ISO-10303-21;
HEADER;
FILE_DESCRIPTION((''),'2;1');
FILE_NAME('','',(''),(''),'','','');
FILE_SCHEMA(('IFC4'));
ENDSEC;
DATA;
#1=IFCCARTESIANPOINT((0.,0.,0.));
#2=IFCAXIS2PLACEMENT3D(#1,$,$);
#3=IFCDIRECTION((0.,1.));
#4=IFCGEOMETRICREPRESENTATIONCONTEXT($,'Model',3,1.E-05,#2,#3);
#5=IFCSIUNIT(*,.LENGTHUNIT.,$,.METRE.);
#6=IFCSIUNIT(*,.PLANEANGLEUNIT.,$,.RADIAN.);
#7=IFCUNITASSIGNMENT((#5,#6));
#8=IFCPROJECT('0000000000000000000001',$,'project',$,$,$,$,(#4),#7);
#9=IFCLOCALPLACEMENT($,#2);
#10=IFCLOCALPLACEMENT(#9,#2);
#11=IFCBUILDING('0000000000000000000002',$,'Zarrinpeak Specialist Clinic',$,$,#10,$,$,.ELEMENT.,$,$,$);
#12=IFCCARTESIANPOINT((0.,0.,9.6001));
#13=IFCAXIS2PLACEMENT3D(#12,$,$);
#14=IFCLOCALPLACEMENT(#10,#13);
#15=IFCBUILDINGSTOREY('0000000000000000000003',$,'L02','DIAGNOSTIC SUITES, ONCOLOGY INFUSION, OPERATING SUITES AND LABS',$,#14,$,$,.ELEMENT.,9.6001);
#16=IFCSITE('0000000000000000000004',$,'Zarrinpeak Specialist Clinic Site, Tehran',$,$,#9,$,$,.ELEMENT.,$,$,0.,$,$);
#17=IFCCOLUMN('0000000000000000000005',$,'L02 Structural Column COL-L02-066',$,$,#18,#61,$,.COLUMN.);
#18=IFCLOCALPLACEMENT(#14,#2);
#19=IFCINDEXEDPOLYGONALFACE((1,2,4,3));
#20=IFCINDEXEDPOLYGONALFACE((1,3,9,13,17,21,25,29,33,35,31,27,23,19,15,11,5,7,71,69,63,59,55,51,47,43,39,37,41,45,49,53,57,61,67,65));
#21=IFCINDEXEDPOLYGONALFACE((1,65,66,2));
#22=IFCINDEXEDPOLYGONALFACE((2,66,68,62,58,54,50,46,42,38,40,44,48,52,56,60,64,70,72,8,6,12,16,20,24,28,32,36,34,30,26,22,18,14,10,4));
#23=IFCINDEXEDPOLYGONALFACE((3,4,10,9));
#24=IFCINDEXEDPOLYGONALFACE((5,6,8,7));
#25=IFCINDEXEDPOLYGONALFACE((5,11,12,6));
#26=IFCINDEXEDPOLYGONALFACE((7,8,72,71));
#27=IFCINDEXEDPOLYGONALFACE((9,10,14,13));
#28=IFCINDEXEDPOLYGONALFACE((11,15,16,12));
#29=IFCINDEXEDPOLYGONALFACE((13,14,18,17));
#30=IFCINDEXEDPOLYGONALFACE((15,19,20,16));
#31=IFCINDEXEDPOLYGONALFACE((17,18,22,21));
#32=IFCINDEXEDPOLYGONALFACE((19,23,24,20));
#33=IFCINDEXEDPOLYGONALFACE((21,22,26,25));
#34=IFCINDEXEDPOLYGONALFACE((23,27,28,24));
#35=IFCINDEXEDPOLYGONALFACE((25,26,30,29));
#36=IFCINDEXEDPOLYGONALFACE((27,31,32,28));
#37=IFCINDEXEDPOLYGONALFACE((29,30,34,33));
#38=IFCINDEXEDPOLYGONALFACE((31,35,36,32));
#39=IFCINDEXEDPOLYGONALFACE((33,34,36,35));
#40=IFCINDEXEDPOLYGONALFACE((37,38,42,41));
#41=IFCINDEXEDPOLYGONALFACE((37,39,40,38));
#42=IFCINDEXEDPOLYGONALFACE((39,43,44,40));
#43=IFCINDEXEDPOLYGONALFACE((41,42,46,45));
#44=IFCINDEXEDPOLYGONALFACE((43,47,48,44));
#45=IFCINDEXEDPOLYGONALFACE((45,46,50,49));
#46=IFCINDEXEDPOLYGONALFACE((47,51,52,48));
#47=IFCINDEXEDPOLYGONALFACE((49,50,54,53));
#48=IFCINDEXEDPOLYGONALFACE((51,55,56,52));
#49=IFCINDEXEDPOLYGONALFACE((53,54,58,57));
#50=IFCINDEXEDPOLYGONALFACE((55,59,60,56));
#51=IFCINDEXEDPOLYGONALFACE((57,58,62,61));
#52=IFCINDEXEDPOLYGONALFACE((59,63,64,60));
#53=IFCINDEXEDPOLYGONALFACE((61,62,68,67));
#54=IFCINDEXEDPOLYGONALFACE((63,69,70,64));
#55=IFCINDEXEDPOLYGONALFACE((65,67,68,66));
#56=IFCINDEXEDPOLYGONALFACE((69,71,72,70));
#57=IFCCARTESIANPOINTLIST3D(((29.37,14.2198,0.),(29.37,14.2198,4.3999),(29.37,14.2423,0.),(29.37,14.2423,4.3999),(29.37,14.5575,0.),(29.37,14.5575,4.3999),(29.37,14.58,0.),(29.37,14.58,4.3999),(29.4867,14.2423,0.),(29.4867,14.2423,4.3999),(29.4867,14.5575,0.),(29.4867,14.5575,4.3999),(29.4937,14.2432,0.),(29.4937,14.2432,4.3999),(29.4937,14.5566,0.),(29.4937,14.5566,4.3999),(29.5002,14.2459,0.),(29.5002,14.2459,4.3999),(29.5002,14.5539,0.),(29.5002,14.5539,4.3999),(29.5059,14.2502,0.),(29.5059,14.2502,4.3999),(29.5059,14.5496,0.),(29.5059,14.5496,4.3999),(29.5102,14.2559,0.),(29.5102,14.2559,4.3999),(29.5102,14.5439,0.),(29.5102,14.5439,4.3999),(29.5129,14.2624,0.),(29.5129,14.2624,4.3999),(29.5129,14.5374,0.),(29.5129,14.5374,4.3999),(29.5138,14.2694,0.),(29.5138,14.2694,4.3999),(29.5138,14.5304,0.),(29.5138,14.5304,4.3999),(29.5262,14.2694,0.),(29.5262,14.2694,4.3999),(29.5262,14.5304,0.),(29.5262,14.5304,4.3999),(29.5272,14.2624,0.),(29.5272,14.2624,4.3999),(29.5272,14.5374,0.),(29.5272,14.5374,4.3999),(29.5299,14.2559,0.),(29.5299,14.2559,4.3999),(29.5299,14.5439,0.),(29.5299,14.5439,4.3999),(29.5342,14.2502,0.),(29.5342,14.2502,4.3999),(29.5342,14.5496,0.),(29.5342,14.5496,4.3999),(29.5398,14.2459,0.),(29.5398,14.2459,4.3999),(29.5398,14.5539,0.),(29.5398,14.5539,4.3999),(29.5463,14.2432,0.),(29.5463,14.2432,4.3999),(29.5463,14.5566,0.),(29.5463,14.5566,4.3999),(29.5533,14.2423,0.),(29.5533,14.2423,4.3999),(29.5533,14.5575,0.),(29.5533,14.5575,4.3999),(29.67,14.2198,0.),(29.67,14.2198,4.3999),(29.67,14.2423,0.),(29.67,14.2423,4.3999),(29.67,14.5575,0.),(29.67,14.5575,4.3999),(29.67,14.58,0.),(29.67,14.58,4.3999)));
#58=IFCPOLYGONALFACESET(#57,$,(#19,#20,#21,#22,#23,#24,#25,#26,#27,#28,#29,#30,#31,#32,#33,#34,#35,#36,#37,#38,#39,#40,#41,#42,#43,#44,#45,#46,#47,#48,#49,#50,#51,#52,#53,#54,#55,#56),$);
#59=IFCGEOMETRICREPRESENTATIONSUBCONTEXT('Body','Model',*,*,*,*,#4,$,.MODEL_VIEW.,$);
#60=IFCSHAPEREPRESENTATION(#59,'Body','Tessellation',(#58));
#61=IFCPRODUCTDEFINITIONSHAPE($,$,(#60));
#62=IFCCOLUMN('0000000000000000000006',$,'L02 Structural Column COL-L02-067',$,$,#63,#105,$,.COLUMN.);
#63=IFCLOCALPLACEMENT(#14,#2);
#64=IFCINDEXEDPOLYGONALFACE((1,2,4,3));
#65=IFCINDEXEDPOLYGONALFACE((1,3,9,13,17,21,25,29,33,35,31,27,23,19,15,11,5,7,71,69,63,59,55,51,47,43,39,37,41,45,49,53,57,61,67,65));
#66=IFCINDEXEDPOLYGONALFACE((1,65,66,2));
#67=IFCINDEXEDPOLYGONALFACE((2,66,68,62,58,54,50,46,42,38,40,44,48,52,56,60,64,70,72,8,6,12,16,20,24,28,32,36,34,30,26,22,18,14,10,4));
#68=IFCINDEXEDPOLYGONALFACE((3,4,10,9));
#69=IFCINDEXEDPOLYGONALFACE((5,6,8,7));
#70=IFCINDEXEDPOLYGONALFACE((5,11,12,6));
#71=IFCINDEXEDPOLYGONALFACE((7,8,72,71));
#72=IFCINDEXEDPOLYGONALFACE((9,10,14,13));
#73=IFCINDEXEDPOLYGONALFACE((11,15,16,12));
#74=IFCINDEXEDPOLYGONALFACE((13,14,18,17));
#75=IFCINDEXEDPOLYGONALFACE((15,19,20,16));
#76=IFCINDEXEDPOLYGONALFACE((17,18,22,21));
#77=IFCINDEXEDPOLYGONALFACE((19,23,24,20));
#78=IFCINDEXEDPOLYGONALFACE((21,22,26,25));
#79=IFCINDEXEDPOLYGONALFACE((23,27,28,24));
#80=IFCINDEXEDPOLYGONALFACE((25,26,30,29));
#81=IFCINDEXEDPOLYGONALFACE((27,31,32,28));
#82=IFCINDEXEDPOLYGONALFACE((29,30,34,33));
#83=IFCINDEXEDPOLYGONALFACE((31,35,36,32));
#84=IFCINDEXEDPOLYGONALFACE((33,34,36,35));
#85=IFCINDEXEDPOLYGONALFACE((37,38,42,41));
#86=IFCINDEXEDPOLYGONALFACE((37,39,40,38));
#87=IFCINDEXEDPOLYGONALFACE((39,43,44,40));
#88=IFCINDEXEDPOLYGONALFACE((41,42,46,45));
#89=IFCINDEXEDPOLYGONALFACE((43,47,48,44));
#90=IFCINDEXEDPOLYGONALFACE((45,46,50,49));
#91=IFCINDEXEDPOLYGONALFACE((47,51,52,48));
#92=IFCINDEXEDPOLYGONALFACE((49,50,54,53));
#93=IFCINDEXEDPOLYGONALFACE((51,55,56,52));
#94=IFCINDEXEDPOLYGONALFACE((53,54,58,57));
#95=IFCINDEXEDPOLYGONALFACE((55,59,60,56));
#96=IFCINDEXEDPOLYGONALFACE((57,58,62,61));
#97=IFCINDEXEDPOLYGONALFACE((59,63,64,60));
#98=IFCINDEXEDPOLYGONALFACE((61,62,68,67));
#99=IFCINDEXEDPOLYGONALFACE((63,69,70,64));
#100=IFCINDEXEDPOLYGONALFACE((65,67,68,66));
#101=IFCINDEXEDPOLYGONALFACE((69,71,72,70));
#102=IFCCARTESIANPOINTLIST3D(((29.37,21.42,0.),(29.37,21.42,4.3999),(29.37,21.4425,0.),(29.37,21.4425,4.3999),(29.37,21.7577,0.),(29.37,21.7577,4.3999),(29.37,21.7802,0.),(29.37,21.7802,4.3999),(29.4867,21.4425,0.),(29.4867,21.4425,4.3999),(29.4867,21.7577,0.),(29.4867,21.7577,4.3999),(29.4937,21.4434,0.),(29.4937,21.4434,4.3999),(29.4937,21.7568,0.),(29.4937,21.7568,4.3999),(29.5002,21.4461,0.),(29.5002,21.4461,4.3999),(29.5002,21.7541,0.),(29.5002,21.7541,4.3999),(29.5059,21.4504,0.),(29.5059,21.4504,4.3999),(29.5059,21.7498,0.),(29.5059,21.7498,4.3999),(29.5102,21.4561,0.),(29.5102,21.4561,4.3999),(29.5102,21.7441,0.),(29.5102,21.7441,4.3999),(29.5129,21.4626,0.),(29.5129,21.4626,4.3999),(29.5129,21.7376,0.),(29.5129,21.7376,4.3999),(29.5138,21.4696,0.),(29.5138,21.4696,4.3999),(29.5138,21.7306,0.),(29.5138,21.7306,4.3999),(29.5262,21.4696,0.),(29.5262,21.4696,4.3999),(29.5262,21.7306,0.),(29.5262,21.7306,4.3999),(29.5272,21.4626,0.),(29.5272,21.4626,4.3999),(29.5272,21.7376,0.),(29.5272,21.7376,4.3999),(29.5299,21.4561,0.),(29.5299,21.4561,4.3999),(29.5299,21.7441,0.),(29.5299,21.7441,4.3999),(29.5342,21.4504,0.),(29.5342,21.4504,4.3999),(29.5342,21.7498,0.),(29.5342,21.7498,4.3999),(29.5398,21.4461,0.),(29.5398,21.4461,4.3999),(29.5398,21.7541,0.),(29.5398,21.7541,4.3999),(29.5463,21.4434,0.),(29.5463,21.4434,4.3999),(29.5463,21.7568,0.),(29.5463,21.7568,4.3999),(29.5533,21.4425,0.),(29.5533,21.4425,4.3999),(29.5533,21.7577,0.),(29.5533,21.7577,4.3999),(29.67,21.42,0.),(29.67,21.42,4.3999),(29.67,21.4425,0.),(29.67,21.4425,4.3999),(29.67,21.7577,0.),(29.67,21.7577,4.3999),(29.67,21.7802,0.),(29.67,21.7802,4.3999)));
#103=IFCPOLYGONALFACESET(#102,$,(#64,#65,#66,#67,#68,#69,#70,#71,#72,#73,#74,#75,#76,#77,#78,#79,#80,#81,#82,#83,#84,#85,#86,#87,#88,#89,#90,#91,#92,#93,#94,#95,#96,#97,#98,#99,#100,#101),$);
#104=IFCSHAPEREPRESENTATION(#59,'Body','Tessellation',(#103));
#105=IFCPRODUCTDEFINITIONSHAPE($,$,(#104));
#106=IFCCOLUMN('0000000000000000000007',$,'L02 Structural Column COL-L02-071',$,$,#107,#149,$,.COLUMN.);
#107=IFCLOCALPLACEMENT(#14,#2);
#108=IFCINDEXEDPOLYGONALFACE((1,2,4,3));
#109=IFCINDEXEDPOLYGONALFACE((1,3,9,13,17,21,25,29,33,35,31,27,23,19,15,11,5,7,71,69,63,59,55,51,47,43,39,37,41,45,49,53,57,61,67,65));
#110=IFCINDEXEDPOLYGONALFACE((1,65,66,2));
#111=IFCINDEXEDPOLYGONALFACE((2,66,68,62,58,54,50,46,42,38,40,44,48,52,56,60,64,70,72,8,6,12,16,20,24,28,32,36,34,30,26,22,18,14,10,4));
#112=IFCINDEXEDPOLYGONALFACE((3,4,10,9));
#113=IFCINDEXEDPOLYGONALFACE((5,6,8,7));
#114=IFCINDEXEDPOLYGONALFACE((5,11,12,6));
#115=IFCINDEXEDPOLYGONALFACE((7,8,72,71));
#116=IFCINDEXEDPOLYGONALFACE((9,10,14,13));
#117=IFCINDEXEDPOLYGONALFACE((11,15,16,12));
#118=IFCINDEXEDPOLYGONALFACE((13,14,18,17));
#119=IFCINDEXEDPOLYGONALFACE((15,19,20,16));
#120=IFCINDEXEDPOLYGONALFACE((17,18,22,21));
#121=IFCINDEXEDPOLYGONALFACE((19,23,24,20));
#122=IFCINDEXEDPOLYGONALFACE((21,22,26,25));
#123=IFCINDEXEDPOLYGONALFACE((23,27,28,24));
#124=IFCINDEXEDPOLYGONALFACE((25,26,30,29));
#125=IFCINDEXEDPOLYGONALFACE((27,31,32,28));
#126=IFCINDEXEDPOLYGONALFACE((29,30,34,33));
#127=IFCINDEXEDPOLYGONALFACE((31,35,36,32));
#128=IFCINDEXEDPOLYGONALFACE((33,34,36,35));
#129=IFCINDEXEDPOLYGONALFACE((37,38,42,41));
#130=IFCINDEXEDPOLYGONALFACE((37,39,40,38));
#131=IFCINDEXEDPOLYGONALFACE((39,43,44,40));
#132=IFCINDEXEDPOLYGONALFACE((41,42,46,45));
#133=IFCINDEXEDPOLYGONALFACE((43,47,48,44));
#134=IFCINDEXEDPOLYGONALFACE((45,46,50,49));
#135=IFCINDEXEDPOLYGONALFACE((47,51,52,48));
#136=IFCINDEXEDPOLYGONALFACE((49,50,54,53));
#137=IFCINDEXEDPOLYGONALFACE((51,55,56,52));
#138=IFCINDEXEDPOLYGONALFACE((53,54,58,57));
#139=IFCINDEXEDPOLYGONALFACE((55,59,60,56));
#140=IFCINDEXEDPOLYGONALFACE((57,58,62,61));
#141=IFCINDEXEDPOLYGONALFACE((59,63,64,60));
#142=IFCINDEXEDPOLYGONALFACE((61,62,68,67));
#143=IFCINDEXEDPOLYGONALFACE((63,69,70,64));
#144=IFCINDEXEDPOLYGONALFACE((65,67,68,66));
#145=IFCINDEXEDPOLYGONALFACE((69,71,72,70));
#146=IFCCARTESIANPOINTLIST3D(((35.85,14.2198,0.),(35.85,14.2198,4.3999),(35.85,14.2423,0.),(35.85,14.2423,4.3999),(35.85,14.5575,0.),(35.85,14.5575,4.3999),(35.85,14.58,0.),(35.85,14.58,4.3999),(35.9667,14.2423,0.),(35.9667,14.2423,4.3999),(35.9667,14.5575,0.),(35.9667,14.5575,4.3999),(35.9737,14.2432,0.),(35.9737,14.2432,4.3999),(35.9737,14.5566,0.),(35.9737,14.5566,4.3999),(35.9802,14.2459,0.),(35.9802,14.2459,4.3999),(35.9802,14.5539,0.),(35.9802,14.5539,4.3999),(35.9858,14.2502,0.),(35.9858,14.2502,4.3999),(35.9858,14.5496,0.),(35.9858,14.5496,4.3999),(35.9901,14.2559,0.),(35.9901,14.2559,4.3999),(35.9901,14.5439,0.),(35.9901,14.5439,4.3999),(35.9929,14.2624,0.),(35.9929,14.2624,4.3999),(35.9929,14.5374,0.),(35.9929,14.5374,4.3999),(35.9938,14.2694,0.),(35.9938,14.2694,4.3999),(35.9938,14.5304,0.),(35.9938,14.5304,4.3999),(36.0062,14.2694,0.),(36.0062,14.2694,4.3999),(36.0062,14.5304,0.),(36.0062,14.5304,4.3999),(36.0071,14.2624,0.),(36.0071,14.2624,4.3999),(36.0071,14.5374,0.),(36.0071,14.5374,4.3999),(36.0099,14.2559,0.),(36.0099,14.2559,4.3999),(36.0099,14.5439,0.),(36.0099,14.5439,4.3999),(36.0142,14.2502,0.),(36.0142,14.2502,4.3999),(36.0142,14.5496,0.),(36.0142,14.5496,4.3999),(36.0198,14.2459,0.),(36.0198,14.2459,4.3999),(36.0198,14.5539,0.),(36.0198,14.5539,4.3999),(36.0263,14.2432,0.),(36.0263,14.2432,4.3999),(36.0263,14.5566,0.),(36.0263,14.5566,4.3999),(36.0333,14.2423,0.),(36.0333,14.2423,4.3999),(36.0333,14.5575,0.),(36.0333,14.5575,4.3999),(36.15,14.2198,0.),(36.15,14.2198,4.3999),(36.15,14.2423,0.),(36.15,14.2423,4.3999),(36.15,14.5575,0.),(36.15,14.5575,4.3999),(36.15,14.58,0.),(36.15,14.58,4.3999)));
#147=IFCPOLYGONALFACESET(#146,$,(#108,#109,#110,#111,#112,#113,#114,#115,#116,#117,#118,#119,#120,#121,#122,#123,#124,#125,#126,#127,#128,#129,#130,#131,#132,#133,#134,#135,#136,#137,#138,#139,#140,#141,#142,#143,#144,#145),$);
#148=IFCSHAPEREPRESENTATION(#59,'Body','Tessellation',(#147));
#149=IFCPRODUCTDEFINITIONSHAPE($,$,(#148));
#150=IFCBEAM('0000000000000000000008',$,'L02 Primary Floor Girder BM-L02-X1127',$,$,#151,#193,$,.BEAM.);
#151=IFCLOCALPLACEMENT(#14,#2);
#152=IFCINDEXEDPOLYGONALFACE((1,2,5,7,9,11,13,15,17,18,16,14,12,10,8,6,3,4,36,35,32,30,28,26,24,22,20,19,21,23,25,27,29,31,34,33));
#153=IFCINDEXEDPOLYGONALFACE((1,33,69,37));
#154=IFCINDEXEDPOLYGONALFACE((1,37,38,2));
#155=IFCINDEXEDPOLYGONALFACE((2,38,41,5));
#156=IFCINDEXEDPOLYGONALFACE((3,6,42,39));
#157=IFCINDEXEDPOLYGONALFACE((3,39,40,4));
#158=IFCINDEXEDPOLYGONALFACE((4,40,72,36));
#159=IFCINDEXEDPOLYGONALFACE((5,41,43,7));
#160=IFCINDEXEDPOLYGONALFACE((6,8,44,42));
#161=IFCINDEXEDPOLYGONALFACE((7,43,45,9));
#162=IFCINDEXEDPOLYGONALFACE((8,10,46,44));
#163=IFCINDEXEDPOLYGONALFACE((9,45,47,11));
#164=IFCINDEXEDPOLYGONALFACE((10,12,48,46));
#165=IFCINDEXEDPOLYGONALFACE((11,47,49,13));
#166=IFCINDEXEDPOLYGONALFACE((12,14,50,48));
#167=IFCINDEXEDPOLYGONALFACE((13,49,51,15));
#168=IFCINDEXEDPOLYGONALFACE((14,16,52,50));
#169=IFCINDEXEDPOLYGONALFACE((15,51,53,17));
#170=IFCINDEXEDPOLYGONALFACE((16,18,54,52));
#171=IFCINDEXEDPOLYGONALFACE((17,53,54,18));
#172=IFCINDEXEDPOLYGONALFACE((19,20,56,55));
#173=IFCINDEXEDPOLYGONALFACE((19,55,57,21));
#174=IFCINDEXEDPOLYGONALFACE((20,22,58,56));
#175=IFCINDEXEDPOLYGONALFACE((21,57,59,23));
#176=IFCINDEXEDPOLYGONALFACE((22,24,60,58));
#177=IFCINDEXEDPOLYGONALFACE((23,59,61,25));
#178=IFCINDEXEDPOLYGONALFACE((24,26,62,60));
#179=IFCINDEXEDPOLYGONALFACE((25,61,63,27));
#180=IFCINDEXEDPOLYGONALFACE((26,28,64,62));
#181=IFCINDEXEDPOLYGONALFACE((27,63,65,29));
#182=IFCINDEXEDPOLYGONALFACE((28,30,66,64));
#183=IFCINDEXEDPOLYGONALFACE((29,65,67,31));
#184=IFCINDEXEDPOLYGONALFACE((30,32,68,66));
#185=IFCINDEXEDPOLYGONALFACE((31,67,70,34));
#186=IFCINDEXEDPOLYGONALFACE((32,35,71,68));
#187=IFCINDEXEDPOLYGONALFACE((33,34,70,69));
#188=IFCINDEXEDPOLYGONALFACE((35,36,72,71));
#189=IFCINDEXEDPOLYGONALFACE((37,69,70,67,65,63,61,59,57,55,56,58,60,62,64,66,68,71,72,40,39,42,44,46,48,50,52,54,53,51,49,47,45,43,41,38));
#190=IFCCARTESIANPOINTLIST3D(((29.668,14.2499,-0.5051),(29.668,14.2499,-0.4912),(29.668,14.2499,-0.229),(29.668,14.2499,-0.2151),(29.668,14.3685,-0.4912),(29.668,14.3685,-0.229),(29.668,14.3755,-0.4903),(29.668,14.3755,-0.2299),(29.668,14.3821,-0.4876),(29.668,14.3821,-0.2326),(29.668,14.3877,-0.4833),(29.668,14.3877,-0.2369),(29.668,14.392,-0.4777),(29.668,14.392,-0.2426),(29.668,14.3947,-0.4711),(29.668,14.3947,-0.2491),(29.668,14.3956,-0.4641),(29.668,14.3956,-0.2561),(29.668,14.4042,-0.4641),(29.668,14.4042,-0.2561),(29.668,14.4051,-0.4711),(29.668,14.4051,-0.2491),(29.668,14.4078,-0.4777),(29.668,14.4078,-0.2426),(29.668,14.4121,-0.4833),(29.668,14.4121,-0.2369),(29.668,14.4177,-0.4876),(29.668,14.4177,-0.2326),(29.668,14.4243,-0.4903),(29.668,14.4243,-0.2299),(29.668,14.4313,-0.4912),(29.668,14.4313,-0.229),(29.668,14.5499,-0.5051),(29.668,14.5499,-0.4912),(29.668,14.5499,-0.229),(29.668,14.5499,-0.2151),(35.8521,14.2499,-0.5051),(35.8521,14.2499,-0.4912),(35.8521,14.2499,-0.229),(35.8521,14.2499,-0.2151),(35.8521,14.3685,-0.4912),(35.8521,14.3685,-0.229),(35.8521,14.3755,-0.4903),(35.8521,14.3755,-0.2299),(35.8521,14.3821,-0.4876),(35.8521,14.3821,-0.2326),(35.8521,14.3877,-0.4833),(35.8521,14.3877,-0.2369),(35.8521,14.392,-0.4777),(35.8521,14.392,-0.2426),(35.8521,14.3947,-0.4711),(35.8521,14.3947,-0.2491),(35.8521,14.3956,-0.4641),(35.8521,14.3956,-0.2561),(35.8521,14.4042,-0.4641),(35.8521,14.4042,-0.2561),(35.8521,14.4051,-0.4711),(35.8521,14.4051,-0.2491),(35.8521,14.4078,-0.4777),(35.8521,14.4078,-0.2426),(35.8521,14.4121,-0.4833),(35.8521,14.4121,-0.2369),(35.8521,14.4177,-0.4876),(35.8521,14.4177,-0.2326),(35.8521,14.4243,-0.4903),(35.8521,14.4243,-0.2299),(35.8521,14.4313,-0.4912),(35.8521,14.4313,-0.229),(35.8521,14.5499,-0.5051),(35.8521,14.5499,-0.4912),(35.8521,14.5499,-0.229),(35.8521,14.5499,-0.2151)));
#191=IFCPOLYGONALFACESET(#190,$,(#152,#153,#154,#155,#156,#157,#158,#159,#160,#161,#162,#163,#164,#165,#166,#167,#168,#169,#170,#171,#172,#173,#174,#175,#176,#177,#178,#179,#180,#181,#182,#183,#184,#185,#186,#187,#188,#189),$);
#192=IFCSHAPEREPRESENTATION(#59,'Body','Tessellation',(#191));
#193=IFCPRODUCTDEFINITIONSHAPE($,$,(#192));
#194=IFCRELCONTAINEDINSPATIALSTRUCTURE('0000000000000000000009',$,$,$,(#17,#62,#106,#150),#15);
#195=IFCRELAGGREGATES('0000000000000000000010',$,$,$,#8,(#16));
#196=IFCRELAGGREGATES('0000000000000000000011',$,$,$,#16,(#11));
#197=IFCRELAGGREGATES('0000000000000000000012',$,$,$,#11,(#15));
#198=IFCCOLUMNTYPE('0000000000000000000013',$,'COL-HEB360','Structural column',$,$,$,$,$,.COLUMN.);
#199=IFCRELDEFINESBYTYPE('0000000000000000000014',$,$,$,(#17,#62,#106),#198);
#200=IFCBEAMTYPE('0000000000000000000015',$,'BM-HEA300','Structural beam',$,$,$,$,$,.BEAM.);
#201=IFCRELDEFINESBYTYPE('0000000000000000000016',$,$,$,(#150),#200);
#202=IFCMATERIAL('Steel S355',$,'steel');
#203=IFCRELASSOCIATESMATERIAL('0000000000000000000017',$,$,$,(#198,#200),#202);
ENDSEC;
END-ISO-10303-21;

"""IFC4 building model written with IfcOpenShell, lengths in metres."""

from ifc_helpers import new_model, si_unit, direction, frame, origin, origin_2d, place, context, subcontext, project, spatial, i_section, extrude, material, material_profile, profile_set, type_object, element, save


model = new_model("IFC4")

# Units and contexts
model_context = context("Model", 3, precision=1e-05, world=origin(), true_north=direction((0.0, 1.0)))
body_context = subcontext(model_context, "Body", "Model", "MODEL_VIEW")
ifc_project = project(units=[si_unit("LENGTHUNIT", "METRE"), si_unit("PLANEANGLEUNIT", "RADIAN")], contexts=[model_context])

# Site, building, storey
site_placement = place(None, origin())
site = spatial("IfcSite", under=ifc_project, at=site_placement, Name="Zarrinpeak Specialist Clinic Site, Tehran", CompositionType="ELEMENT", RefElevation=0.0)
building_placement = place(site_placement, origin())
building = spatial("IfcBuilding", under=site, at=building_placement, Name="Zarrinpeak Specialist Clinic", CompositionType="ELEMENT")
storey_placement = place(building_placement, frame((0.0, 0.0, 9.6001)))
storey = spatial("IfcBuildingStorey", under=building, at=storey_placement, Name="L02", Description="DIAGNOSTIC SUITES, ONCOLOGY INFUSION, OPERATING SUITES AND LABS", CompositionType="ELEMENT", Elevation=9.6001)

# Columns
ifc_material_1 = material(Name="Steel S355", Category="steel")
ifc_material_profile_1 = material_profile(ifc_material_1, i_section(OverallWidth=0.3, OverallDepth=0.3601, WebThickness=0.0125, FlangeThickness=0.0225, FilletRadius=0.0271, at=origin_2d()), Name="HEB 360")
ifc_profile_set_1 = profile_set([ifc_material_profile_1], Name="Steel S355")
column_type = type_object("IfcColumnType", Name="COL-HEB360", Description="Structural column", PredefinedType="COLUMN", material=ifc_profile_set_1)
for number, where, z_axis, x_axis, name in (
    (1, (29.52, 14.3999, 0.0), (0.0, 0.0, 1.0), (1.0, 0.0, 0.0), "L02 Structural Column COL-L02-066"),
    (2, (29.52, 21.6001, 0.0), (0.0, 0.0, 1.0), (1.0, 0.0, 0.0), "L02 Structural Column COL-L02-067"),
    (3, (36.0, 14.3999, 0.0), (0.0, 0.0, 1.0), (1.0, 0.0, 0.0), "L02 Structural Column COL-L02-071"),
):
    element("IfcColumn", number, at=place(storey_placement, frame(where, z_axis=z_axis, x_axis=x_axis)), inside=storey, type_object=column_type, Name=name, PredefinedType="COLUMN", context=body_context, shape_type="SweptSolid", body=[
        extrude(i_section(OverallWidth=0.3, OverallDepth=0.3601, WebThickness=0.0125, FlangeThickness=0.0225, FilletRadius=0.0271, at=origin_2d()), origin(), (0.0, 0.0, 1.0), 4.3999),
    ])

# Beam
ifc_material_profile_2 = material_profile(ifc_material_1, i_section(OverallWidth=0.3, OverallDepth=0.29, WebThickness=0.0085, FlangeThickness=0.0139, FilletRadius=0.0271, at=origin_2d()), Name="HEA 300")
ifc_profile_set_2 = profile_set([ifc_material_profile_2], Name="Steel S355")
beam_type_1 = type_object("IfcBeamType", Name="BM-HEA300", Description="Structural beam", PredefinedType="BEAM", material=ifc_profile_set_2)
beam_1_placement = place(storey_placement, frame((29.668, 14.3999, -0.3601), z_axis=(1.0, 0.0, 0.0), x_axis=(0.0, 1.0, 0.0)))
element("IfcBeam", 4, at=beam_1_placement, inside=storey, type_object=beam_type_1, Name="L02 Primary Floor Girder BM-L02-X1127", PredefinedType="BEAM", context=body_context, shape_type="SweptSolid", body=[
    extrude(i_section(OverallWidth=0.3, OverallDepth=0.29, WebThickness=0.0085, FlangeThickness=0.0139, FilletRadius=0.0271, at=origin_2d()), origin(), (0.0, 0.0, 1.0), 6.1841),
])

save(model, "model.ifc")
